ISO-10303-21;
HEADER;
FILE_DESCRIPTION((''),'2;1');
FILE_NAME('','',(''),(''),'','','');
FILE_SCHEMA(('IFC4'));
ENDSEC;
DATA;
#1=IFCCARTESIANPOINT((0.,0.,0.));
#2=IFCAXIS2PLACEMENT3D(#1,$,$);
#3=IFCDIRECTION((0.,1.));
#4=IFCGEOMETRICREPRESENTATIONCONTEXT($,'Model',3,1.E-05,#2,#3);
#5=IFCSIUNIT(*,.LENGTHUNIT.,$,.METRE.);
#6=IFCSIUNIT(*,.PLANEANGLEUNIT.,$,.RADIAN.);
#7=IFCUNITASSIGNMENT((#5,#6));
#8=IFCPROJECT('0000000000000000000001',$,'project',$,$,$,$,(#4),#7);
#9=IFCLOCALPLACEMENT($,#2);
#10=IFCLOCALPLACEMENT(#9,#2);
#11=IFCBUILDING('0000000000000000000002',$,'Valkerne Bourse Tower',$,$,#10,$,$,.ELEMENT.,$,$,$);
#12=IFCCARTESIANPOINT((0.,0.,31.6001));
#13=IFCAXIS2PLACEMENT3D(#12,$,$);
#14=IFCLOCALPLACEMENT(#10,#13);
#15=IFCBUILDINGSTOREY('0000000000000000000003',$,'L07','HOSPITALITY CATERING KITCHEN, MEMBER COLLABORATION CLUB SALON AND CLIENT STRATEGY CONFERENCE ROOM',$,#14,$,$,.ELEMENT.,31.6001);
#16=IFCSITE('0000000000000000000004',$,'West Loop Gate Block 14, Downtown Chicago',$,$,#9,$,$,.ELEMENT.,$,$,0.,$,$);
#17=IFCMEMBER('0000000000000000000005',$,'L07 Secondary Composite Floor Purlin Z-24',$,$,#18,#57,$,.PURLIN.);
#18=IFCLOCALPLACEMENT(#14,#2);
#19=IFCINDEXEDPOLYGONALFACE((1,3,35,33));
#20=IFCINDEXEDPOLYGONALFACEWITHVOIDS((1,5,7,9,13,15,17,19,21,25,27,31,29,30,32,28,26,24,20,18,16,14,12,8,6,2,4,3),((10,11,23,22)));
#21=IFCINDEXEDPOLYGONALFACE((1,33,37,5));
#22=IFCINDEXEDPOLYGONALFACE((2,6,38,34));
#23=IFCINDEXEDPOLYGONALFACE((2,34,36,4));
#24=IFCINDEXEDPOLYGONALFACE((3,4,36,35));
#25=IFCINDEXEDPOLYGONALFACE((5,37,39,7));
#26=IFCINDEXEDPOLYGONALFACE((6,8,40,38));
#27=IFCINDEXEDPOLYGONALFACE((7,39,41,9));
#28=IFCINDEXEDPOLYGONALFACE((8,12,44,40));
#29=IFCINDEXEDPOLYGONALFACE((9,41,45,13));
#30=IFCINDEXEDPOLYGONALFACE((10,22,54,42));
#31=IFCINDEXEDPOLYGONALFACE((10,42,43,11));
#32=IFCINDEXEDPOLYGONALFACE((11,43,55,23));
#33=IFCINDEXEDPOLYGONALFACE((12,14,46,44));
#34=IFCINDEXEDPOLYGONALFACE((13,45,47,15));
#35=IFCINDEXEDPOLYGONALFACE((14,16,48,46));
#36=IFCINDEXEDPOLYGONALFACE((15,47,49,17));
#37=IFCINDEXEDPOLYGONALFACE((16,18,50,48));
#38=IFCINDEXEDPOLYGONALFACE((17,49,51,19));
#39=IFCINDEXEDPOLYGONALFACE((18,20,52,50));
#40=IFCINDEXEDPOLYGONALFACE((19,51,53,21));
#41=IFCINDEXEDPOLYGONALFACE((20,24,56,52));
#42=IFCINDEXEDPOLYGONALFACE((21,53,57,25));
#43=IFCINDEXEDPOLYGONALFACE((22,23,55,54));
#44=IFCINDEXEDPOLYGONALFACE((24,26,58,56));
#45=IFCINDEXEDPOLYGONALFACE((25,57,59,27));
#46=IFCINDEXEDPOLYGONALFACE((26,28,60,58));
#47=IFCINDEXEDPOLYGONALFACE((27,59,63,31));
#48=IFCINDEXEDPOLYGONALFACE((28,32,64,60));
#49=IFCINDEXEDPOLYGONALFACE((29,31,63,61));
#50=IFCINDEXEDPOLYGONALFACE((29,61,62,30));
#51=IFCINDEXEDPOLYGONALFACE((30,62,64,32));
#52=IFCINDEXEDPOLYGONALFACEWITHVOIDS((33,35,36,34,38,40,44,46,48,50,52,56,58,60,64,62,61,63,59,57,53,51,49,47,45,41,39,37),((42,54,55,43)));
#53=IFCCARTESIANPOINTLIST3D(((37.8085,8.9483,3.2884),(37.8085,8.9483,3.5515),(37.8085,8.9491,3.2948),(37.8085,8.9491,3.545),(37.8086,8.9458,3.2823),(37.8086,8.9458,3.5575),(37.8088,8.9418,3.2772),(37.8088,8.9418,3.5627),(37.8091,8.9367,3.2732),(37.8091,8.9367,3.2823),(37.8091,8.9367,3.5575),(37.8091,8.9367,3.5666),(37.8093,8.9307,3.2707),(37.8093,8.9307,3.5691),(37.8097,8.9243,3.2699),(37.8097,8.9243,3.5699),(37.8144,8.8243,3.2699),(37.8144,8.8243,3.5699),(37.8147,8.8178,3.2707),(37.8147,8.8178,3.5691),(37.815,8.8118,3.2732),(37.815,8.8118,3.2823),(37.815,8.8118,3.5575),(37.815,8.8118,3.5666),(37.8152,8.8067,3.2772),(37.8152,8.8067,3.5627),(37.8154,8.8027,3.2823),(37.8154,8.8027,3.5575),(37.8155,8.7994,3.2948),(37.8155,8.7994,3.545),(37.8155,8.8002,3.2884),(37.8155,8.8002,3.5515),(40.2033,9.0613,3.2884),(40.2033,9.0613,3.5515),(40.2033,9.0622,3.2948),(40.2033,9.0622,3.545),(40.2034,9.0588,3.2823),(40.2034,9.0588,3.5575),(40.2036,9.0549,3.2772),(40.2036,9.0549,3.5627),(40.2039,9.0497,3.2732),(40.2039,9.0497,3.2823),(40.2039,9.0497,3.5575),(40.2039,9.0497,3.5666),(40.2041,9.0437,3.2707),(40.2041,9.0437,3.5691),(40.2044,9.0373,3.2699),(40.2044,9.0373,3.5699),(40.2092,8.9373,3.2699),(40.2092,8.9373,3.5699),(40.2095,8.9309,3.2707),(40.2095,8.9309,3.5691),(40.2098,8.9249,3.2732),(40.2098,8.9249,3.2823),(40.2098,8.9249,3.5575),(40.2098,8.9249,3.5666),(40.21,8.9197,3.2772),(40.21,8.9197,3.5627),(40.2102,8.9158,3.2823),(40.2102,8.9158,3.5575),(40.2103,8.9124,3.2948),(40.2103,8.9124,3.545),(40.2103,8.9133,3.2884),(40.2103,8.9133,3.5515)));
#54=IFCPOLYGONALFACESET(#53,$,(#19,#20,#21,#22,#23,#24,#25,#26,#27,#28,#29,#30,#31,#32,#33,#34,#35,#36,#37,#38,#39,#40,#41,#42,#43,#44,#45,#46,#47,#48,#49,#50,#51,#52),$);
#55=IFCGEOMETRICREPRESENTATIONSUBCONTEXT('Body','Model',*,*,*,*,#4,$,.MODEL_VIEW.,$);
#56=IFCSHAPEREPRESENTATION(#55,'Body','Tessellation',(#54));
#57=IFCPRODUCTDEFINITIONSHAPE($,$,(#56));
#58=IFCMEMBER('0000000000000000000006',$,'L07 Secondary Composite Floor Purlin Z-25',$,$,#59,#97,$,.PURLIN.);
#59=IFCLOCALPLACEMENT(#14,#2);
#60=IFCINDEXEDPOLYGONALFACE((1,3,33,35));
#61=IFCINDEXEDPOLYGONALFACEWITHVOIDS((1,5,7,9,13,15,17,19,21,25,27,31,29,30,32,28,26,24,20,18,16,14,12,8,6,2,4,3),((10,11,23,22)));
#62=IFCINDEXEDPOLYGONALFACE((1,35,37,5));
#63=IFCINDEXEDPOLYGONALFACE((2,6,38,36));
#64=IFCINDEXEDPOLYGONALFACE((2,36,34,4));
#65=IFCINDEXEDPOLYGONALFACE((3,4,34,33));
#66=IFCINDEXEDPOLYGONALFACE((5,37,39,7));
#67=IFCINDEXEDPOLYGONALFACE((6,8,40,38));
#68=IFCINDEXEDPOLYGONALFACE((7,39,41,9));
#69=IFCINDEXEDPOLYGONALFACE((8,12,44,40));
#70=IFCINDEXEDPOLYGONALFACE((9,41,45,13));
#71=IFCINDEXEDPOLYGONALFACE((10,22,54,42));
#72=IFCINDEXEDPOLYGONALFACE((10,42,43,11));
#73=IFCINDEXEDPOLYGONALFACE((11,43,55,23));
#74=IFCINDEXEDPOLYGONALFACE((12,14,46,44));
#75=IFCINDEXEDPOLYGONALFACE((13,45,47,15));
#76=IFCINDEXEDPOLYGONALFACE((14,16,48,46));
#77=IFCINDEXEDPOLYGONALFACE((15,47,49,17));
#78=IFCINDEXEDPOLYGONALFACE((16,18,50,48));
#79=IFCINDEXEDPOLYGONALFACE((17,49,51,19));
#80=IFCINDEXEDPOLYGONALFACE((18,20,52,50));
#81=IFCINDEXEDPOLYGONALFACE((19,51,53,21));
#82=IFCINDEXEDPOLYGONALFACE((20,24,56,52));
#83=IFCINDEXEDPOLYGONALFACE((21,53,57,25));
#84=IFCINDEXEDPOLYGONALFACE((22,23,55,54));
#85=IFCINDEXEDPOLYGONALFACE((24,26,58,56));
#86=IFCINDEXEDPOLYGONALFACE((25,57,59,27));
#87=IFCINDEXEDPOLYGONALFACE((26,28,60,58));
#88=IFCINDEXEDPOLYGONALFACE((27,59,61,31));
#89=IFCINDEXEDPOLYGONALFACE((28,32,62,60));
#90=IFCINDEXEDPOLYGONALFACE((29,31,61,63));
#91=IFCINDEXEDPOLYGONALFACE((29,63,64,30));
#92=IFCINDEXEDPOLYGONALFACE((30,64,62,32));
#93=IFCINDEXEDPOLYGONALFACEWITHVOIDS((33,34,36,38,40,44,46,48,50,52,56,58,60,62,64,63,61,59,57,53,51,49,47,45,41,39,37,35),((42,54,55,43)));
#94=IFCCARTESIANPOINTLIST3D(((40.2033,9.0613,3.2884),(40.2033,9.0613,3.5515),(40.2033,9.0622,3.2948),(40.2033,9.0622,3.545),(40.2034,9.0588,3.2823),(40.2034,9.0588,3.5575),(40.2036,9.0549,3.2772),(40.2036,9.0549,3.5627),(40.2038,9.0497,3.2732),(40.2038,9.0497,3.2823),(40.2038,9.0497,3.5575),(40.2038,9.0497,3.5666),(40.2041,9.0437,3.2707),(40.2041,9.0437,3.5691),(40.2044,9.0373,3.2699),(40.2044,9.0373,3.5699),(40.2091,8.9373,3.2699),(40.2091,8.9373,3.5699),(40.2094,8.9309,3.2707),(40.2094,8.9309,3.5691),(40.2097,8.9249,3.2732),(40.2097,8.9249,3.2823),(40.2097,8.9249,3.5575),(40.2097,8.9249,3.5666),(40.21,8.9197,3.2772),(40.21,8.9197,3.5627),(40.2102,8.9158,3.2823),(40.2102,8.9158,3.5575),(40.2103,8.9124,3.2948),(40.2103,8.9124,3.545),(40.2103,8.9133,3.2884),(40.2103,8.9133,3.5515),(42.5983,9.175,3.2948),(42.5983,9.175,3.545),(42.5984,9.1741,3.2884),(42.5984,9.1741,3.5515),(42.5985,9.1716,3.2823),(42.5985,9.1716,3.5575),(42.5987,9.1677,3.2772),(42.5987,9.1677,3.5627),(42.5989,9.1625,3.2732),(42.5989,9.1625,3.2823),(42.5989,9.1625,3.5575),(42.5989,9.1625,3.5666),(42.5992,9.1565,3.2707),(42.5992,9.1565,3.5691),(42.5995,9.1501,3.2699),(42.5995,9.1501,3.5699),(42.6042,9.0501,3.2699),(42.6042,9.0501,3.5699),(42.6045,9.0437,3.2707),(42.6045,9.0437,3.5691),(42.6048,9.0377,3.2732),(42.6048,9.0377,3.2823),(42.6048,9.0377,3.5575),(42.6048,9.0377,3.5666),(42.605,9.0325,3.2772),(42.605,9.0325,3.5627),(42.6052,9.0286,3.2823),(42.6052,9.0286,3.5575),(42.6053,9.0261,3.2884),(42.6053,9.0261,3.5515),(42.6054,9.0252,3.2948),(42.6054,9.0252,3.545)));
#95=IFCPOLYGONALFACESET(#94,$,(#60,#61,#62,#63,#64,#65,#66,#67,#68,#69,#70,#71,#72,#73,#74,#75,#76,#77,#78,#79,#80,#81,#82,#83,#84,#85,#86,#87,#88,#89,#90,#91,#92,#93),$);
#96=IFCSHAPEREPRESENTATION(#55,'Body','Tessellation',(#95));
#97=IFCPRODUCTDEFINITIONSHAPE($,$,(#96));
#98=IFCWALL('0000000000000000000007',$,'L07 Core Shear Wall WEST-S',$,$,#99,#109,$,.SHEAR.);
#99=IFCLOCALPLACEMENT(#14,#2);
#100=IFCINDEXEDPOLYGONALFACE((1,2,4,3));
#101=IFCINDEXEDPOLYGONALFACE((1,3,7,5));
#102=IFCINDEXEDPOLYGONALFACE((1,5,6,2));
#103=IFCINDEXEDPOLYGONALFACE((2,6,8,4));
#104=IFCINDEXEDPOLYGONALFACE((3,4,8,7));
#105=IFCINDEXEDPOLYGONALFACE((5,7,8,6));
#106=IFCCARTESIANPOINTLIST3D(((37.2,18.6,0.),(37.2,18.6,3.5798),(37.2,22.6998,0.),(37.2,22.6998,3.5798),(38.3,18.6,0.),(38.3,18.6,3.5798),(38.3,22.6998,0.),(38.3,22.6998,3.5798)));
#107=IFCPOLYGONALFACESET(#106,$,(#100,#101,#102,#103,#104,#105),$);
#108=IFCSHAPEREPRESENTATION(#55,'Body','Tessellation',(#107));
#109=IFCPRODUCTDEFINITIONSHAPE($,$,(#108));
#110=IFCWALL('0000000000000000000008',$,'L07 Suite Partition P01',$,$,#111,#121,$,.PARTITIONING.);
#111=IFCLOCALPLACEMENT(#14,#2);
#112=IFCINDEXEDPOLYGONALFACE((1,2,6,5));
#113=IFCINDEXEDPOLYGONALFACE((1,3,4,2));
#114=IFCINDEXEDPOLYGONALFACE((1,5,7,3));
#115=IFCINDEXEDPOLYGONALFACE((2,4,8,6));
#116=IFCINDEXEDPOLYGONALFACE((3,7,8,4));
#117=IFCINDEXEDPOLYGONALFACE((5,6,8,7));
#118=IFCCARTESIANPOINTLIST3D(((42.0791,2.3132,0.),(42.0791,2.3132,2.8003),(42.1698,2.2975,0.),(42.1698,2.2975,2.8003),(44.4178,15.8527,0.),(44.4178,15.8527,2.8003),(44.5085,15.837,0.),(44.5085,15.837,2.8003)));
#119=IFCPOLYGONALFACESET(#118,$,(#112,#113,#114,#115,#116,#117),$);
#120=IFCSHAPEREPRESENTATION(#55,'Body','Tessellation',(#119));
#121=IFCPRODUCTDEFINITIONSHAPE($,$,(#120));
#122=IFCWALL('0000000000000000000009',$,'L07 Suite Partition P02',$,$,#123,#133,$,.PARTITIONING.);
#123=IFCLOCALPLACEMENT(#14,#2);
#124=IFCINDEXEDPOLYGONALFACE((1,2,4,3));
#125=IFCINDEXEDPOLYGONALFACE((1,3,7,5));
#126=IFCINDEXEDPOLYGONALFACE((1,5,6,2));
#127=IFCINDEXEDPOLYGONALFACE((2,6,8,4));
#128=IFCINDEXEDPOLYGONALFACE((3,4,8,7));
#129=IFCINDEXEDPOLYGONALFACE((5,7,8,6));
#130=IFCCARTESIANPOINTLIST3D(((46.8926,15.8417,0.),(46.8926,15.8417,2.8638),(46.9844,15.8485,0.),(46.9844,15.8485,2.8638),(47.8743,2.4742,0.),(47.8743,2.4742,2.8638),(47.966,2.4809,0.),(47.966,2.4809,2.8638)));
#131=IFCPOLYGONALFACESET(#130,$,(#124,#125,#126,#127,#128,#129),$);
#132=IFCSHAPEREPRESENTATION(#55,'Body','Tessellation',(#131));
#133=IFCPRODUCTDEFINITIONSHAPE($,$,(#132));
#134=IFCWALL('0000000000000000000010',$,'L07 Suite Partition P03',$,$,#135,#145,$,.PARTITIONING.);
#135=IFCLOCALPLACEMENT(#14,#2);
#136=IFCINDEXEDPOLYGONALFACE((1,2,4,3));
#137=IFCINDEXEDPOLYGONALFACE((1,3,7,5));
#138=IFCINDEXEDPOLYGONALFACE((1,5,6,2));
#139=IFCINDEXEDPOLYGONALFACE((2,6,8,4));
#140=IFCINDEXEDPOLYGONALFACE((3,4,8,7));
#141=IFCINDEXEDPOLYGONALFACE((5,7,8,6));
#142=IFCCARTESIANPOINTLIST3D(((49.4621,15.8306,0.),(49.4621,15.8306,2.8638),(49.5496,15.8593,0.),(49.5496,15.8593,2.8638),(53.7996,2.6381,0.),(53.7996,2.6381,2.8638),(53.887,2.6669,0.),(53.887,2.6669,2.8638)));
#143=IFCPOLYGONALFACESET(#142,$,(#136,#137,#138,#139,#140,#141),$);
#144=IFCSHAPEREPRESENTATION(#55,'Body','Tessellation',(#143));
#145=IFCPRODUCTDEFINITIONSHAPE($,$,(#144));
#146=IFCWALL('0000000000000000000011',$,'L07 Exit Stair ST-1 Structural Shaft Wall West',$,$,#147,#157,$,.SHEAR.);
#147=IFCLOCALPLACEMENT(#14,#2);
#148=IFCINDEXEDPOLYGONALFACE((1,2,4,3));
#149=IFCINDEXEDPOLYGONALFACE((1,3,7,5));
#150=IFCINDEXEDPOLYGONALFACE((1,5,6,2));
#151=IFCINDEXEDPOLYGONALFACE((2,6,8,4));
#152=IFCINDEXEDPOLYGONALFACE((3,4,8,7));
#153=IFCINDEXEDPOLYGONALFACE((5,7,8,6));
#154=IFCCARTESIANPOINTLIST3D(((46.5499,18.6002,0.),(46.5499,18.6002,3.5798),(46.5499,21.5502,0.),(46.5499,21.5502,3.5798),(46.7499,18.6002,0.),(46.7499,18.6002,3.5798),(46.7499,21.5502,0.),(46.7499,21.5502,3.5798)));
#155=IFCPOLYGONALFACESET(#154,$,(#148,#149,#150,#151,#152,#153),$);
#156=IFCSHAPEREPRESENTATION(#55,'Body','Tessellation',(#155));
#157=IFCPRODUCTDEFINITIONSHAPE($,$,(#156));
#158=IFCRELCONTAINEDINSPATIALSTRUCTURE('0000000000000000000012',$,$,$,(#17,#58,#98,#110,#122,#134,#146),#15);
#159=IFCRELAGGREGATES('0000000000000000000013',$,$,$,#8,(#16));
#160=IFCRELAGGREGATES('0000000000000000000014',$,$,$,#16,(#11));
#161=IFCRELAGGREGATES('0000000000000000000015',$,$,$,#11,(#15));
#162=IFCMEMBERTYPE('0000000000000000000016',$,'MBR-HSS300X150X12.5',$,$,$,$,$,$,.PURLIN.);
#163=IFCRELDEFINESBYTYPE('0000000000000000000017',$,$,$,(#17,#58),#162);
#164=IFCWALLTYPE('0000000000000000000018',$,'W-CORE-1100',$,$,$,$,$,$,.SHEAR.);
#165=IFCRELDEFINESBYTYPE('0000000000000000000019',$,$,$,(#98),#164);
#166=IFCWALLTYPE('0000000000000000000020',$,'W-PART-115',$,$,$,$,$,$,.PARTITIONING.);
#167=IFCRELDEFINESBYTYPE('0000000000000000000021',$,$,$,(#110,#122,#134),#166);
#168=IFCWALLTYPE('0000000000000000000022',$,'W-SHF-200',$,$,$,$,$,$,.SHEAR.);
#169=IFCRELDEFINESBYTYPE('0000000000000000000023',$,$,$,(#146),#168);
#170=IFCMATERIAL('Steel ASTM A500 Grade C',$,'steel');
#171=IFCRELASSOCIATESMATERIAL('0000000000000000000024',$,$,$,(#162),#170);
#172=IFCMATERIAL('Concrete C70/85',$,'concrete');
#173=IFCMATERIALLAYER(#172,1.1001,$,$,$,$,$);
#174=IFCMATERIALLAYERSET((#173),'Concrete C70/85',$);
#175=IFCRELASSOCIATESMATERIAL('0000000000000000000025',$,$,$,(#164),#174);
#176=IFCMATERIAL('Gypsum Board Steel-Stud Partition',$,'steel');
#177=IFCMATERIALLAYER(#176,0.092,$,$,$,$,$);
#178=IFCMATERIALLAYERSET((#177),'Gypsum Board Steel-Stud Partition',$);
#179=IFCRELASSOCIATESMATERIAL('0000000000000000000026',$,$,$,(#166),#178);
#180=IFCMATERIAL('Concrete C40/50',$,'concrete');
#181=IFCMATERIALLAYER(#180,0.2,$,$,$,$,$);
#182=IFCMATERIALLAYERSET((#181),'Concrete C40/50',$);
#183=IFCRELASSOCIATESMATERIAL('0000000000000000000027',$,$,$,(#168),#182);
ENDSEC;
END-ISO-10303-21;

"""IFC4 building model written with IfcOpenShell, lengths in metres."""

from ifc_helpers import new_model, si_unit, direction, frame, frame_2d, origin, origin_2d, place, context, subcontext, project, spatial, rectangle, hollow_rectangle, extrude, material, layer, layer_set, material_profile, profile_set, type_object, element, save


model = new_model("IFC4")

# Units and contexts
model_context = context("Model", 3, precision=1e-05, world=origin(), true_north=direction((0.0, 1.0)))
body_context = subcontext(model_context, "Body", "Model", "MODEL_VIEW")
ifc_project = project(units=[si_unit("LENGTHUNIT", "METRE"), si_unit("PLANEANGLEUNIT", "RADIAN")], contexts=[model_context])

# Site, building, storey
site_placement = place(None, origin())
site = spatial("IfcSite", under=ifc_project, at=site_placement, Name="West Loop Gate Block 14, Downtown Chicago", CompositionType="ELEMENT", RefElevation=0.0)
building_placement = place(site_placement, origin())
building = spatial("IfcBuilding", under=site, at=building_placement, Name="Valkerne Bourse Tower", CompositionType="ELEMENT")
storey_placement = place(building_placement, frame((0.0, 0.0, 31.6001)))
storey = spatial("IfcBuildingStorey", under=building, at=storey_placement, Name="L07", Description="HOSPITALITY CATERING KITCHEN, MEMBER COLLABORATION CLUB SALON AND CLIENT STRATEGY CONFERENCE ROOM", CompositionType="ELEMENT", Elevation=31.6001)

# Members
ifc_material_1 = material(Name="Steel ASTM A500 Grade C", Category="steel")
ifc_material_profile = material_profile(ifc_material_1, hollow_rectangle(XDim=0.1499, YDim=0.3, WallThickness=0.0125, OuterFilletRadius=0.0249, at=origin_2d()), Name="HSS300X150X12.5")
ifc_profile_set = profile_set([ifc_material_profile], Name="Steel ASTM A500 Grade C")
member_type = type_object("IfcMemberType", Name="MBR-HSS300X150X12.5", PredefinedType="PURLIN", material=ifc_profile_set)
member_1_placement = place(storey_placement, frame((37.812, 8.8743, 3.4199), z_axis=(0.998888, 0.047149, 0.0), x_axis=(-0.047149, 0.998888, 0.0)))
element("IfcMember", 1, at=member_1_placement, inside=storey, type_object=member_type, Name="L07 Secondary Composite Floor Purlin Z-24", PredefinedType="PURLIN", context=body_context, shape_type="SweptSolid", body=[
    extrude(hollow_rectangle(XDim=0.1499, YDim=0.3, WallThickness=0.0125, OuterFilletRadius=0.0249, at=origin_2d()), origin(), (0.0, 0.0, 1.0), 2.3975),
])
member_2_placement = place(storey_placement, frame((40.2068, 8.9873, 3.4199), z_axis=(0.998893, 0.047043, 0.0), x_axis=(-0.047043, 0.998893, 0.0)))
element("IfcMember", 2, at=member_2_placement, inside=storey, type_object=member_type, Name="L07 Secondary Composite Floor Purlin Z-25", PredefinedType="PURLIN", context=body_context, shape_type="SweptSolid", body=[
    extrude(hollow_rectangle(XDim=0.1499, YDim=0.3, WallThickness=0.0125, OuterFilletRadius=0.0249, at=origin_2d()), origin(), (0.0, 0.0, 1.0), 2.3977),
])

# Shared definitions
ifc_material_2 = material(Name="Concrete C70/85", Category="concrete")
ifc_layer_1 = layer(ifc_material_2, 1.1001)
ifc_layer_set_1 = layer_set([ifc_layer_1], Name="Concrete C70/85")
wall_type_1 = type_object("IfcWallType", Name="W-CORE-1100", PredefinedType="SHEAR", material=ifc_layer_set_1)

# Wall
wall_1_placement = place(storey_placement, frame((37.75, 18.6001, 0.0), z_axis=(0.0, 0.0, 1.0), x_axis=(0.0, 1.0, 0.0)))
element("IfcWall", 3, at=wall_1_placement, inside=storey, type_object=wall_type_1, Name="L07 Core Shear Wall WEST-S", PredefinedType="SHEAR", context=body_context, shape_type="SweptSolid", body=[
    extrude(rectangle(XDim=4.0999, YDim=1.1001, at=frame_2d((2.0498, 0.0))), origin(), (0.0, 0.0, 1.0), 3.5798),
])

# Walls
ifc_material_3 = material(Name="Gypsum Board Steel-Stud Partition", Category="steel")
ifc_layer_2 = layer(ifc_material_3, 0.092)
ifc_layer_set_2 = layer_set([ifc_layer_2], Name="Gypsum Board Steel-Stud Partition")
wall_type_2 = type_object("IfcWallType", Name="W-PART-115", PredefinedType="PARTITIONING", material=ifc_layer_set_2)
wall_2_placement = place(storey_placement, frame((44.4631, 15.845, 0.0), z_axis=(0.0, 0.0, 1.0), x_axis=(-0.170205, -0.985409, 0.0)))
element("IfcWall", 4, at=wall_2_placement, inside=storey, type_object=wall_type_2, Name="L07 Suite Partition P01", PredefinedType="PARTITIONING", context=body_context, shape_type="SweptSolid", body=[
    extrude(rectangle(XDim=13.74, YDim=0.092, at=frame_2d((6.8701, 0.0))), origin(), (0.0, 0.0, 1.0), 2.8003),
])
wall_3_placement = place(storey_placement, frame((46.9385, 15.845, 0.0), z_axis=(0.0, 0.0, 1.0), x_axis=(0.07324, -0.997314, 0.0)))
element("IfcWall", 5, at=wall_3_placement, inside=storey, type_object=wall_type_2, Name="L07 Suite Partition P02", PredefinedType="PARTITIONING", context=body_context, shape_type="SweptSolid", body=[
    extrude(rectangle(XDim=13.4036, YDim=0.092, at=frame_2d((6.7017, 0.0))), origin(), (0.0, 0.0, 1.0), 2.8638),
])
wall_4_placement = place(storey_placement, frame((49.5059, 15.845, 0.0), z_axis=(0.0, 0.0, 1.0), x_axis=(0.312333, -0.949973, 0.0)))
element("IfcWall", 6, at=wall_4_placement, inside=storey, type_object=wall_type_2, Name="L07 Suite Partition P03", PredefinedType="PARTITIONING", context=body_context, shape_type="SweptSolid", body=[
    extrude(rectangle(XDim=13.8872, YDim=0.092, at=frame_2d((6.9436, 0.0))), origin(), (0.0, 0.0, 1.0), 2.8638),
])
ifc_material_4 = material(Name="Concrete C40/50", Category="concrete")
ifc_layer_3 = layer(ifc_material_4, 0.2)
ifc_layer_set_3 = layer_set([ifc_layer_3], Name="Concrete C40/50")
wall_type_3 = type_object("IfcWallType", Name="W-SHF-200", PredefinedType="SHEAR", material=ifc_layer_set_3)
wall_5_placement = place(storey_placement, frame((46.6499, 18.6001, 0.0), z_axis=(0.0, 0.0, 1.0), x_axis=(0.0, 1.0, 0.0)))
element("IfcWall", 7, at=wall_5_placement, inside=storey, type_object=wall_type_3, Name="L07 Exit Stair ST-1 Structural Shaft Wall West", PredefinedType="SHEAR", context=body_context, shape_type="SweptSolid", body=[
    extrude(rectangle(XDim=2.95, YDim=0.2, at=frame_2d((1.4751, 0.0))), origin(), (0.0, 0.0, 1.0), 3.5798),
])

save(model, "model.ifc")
